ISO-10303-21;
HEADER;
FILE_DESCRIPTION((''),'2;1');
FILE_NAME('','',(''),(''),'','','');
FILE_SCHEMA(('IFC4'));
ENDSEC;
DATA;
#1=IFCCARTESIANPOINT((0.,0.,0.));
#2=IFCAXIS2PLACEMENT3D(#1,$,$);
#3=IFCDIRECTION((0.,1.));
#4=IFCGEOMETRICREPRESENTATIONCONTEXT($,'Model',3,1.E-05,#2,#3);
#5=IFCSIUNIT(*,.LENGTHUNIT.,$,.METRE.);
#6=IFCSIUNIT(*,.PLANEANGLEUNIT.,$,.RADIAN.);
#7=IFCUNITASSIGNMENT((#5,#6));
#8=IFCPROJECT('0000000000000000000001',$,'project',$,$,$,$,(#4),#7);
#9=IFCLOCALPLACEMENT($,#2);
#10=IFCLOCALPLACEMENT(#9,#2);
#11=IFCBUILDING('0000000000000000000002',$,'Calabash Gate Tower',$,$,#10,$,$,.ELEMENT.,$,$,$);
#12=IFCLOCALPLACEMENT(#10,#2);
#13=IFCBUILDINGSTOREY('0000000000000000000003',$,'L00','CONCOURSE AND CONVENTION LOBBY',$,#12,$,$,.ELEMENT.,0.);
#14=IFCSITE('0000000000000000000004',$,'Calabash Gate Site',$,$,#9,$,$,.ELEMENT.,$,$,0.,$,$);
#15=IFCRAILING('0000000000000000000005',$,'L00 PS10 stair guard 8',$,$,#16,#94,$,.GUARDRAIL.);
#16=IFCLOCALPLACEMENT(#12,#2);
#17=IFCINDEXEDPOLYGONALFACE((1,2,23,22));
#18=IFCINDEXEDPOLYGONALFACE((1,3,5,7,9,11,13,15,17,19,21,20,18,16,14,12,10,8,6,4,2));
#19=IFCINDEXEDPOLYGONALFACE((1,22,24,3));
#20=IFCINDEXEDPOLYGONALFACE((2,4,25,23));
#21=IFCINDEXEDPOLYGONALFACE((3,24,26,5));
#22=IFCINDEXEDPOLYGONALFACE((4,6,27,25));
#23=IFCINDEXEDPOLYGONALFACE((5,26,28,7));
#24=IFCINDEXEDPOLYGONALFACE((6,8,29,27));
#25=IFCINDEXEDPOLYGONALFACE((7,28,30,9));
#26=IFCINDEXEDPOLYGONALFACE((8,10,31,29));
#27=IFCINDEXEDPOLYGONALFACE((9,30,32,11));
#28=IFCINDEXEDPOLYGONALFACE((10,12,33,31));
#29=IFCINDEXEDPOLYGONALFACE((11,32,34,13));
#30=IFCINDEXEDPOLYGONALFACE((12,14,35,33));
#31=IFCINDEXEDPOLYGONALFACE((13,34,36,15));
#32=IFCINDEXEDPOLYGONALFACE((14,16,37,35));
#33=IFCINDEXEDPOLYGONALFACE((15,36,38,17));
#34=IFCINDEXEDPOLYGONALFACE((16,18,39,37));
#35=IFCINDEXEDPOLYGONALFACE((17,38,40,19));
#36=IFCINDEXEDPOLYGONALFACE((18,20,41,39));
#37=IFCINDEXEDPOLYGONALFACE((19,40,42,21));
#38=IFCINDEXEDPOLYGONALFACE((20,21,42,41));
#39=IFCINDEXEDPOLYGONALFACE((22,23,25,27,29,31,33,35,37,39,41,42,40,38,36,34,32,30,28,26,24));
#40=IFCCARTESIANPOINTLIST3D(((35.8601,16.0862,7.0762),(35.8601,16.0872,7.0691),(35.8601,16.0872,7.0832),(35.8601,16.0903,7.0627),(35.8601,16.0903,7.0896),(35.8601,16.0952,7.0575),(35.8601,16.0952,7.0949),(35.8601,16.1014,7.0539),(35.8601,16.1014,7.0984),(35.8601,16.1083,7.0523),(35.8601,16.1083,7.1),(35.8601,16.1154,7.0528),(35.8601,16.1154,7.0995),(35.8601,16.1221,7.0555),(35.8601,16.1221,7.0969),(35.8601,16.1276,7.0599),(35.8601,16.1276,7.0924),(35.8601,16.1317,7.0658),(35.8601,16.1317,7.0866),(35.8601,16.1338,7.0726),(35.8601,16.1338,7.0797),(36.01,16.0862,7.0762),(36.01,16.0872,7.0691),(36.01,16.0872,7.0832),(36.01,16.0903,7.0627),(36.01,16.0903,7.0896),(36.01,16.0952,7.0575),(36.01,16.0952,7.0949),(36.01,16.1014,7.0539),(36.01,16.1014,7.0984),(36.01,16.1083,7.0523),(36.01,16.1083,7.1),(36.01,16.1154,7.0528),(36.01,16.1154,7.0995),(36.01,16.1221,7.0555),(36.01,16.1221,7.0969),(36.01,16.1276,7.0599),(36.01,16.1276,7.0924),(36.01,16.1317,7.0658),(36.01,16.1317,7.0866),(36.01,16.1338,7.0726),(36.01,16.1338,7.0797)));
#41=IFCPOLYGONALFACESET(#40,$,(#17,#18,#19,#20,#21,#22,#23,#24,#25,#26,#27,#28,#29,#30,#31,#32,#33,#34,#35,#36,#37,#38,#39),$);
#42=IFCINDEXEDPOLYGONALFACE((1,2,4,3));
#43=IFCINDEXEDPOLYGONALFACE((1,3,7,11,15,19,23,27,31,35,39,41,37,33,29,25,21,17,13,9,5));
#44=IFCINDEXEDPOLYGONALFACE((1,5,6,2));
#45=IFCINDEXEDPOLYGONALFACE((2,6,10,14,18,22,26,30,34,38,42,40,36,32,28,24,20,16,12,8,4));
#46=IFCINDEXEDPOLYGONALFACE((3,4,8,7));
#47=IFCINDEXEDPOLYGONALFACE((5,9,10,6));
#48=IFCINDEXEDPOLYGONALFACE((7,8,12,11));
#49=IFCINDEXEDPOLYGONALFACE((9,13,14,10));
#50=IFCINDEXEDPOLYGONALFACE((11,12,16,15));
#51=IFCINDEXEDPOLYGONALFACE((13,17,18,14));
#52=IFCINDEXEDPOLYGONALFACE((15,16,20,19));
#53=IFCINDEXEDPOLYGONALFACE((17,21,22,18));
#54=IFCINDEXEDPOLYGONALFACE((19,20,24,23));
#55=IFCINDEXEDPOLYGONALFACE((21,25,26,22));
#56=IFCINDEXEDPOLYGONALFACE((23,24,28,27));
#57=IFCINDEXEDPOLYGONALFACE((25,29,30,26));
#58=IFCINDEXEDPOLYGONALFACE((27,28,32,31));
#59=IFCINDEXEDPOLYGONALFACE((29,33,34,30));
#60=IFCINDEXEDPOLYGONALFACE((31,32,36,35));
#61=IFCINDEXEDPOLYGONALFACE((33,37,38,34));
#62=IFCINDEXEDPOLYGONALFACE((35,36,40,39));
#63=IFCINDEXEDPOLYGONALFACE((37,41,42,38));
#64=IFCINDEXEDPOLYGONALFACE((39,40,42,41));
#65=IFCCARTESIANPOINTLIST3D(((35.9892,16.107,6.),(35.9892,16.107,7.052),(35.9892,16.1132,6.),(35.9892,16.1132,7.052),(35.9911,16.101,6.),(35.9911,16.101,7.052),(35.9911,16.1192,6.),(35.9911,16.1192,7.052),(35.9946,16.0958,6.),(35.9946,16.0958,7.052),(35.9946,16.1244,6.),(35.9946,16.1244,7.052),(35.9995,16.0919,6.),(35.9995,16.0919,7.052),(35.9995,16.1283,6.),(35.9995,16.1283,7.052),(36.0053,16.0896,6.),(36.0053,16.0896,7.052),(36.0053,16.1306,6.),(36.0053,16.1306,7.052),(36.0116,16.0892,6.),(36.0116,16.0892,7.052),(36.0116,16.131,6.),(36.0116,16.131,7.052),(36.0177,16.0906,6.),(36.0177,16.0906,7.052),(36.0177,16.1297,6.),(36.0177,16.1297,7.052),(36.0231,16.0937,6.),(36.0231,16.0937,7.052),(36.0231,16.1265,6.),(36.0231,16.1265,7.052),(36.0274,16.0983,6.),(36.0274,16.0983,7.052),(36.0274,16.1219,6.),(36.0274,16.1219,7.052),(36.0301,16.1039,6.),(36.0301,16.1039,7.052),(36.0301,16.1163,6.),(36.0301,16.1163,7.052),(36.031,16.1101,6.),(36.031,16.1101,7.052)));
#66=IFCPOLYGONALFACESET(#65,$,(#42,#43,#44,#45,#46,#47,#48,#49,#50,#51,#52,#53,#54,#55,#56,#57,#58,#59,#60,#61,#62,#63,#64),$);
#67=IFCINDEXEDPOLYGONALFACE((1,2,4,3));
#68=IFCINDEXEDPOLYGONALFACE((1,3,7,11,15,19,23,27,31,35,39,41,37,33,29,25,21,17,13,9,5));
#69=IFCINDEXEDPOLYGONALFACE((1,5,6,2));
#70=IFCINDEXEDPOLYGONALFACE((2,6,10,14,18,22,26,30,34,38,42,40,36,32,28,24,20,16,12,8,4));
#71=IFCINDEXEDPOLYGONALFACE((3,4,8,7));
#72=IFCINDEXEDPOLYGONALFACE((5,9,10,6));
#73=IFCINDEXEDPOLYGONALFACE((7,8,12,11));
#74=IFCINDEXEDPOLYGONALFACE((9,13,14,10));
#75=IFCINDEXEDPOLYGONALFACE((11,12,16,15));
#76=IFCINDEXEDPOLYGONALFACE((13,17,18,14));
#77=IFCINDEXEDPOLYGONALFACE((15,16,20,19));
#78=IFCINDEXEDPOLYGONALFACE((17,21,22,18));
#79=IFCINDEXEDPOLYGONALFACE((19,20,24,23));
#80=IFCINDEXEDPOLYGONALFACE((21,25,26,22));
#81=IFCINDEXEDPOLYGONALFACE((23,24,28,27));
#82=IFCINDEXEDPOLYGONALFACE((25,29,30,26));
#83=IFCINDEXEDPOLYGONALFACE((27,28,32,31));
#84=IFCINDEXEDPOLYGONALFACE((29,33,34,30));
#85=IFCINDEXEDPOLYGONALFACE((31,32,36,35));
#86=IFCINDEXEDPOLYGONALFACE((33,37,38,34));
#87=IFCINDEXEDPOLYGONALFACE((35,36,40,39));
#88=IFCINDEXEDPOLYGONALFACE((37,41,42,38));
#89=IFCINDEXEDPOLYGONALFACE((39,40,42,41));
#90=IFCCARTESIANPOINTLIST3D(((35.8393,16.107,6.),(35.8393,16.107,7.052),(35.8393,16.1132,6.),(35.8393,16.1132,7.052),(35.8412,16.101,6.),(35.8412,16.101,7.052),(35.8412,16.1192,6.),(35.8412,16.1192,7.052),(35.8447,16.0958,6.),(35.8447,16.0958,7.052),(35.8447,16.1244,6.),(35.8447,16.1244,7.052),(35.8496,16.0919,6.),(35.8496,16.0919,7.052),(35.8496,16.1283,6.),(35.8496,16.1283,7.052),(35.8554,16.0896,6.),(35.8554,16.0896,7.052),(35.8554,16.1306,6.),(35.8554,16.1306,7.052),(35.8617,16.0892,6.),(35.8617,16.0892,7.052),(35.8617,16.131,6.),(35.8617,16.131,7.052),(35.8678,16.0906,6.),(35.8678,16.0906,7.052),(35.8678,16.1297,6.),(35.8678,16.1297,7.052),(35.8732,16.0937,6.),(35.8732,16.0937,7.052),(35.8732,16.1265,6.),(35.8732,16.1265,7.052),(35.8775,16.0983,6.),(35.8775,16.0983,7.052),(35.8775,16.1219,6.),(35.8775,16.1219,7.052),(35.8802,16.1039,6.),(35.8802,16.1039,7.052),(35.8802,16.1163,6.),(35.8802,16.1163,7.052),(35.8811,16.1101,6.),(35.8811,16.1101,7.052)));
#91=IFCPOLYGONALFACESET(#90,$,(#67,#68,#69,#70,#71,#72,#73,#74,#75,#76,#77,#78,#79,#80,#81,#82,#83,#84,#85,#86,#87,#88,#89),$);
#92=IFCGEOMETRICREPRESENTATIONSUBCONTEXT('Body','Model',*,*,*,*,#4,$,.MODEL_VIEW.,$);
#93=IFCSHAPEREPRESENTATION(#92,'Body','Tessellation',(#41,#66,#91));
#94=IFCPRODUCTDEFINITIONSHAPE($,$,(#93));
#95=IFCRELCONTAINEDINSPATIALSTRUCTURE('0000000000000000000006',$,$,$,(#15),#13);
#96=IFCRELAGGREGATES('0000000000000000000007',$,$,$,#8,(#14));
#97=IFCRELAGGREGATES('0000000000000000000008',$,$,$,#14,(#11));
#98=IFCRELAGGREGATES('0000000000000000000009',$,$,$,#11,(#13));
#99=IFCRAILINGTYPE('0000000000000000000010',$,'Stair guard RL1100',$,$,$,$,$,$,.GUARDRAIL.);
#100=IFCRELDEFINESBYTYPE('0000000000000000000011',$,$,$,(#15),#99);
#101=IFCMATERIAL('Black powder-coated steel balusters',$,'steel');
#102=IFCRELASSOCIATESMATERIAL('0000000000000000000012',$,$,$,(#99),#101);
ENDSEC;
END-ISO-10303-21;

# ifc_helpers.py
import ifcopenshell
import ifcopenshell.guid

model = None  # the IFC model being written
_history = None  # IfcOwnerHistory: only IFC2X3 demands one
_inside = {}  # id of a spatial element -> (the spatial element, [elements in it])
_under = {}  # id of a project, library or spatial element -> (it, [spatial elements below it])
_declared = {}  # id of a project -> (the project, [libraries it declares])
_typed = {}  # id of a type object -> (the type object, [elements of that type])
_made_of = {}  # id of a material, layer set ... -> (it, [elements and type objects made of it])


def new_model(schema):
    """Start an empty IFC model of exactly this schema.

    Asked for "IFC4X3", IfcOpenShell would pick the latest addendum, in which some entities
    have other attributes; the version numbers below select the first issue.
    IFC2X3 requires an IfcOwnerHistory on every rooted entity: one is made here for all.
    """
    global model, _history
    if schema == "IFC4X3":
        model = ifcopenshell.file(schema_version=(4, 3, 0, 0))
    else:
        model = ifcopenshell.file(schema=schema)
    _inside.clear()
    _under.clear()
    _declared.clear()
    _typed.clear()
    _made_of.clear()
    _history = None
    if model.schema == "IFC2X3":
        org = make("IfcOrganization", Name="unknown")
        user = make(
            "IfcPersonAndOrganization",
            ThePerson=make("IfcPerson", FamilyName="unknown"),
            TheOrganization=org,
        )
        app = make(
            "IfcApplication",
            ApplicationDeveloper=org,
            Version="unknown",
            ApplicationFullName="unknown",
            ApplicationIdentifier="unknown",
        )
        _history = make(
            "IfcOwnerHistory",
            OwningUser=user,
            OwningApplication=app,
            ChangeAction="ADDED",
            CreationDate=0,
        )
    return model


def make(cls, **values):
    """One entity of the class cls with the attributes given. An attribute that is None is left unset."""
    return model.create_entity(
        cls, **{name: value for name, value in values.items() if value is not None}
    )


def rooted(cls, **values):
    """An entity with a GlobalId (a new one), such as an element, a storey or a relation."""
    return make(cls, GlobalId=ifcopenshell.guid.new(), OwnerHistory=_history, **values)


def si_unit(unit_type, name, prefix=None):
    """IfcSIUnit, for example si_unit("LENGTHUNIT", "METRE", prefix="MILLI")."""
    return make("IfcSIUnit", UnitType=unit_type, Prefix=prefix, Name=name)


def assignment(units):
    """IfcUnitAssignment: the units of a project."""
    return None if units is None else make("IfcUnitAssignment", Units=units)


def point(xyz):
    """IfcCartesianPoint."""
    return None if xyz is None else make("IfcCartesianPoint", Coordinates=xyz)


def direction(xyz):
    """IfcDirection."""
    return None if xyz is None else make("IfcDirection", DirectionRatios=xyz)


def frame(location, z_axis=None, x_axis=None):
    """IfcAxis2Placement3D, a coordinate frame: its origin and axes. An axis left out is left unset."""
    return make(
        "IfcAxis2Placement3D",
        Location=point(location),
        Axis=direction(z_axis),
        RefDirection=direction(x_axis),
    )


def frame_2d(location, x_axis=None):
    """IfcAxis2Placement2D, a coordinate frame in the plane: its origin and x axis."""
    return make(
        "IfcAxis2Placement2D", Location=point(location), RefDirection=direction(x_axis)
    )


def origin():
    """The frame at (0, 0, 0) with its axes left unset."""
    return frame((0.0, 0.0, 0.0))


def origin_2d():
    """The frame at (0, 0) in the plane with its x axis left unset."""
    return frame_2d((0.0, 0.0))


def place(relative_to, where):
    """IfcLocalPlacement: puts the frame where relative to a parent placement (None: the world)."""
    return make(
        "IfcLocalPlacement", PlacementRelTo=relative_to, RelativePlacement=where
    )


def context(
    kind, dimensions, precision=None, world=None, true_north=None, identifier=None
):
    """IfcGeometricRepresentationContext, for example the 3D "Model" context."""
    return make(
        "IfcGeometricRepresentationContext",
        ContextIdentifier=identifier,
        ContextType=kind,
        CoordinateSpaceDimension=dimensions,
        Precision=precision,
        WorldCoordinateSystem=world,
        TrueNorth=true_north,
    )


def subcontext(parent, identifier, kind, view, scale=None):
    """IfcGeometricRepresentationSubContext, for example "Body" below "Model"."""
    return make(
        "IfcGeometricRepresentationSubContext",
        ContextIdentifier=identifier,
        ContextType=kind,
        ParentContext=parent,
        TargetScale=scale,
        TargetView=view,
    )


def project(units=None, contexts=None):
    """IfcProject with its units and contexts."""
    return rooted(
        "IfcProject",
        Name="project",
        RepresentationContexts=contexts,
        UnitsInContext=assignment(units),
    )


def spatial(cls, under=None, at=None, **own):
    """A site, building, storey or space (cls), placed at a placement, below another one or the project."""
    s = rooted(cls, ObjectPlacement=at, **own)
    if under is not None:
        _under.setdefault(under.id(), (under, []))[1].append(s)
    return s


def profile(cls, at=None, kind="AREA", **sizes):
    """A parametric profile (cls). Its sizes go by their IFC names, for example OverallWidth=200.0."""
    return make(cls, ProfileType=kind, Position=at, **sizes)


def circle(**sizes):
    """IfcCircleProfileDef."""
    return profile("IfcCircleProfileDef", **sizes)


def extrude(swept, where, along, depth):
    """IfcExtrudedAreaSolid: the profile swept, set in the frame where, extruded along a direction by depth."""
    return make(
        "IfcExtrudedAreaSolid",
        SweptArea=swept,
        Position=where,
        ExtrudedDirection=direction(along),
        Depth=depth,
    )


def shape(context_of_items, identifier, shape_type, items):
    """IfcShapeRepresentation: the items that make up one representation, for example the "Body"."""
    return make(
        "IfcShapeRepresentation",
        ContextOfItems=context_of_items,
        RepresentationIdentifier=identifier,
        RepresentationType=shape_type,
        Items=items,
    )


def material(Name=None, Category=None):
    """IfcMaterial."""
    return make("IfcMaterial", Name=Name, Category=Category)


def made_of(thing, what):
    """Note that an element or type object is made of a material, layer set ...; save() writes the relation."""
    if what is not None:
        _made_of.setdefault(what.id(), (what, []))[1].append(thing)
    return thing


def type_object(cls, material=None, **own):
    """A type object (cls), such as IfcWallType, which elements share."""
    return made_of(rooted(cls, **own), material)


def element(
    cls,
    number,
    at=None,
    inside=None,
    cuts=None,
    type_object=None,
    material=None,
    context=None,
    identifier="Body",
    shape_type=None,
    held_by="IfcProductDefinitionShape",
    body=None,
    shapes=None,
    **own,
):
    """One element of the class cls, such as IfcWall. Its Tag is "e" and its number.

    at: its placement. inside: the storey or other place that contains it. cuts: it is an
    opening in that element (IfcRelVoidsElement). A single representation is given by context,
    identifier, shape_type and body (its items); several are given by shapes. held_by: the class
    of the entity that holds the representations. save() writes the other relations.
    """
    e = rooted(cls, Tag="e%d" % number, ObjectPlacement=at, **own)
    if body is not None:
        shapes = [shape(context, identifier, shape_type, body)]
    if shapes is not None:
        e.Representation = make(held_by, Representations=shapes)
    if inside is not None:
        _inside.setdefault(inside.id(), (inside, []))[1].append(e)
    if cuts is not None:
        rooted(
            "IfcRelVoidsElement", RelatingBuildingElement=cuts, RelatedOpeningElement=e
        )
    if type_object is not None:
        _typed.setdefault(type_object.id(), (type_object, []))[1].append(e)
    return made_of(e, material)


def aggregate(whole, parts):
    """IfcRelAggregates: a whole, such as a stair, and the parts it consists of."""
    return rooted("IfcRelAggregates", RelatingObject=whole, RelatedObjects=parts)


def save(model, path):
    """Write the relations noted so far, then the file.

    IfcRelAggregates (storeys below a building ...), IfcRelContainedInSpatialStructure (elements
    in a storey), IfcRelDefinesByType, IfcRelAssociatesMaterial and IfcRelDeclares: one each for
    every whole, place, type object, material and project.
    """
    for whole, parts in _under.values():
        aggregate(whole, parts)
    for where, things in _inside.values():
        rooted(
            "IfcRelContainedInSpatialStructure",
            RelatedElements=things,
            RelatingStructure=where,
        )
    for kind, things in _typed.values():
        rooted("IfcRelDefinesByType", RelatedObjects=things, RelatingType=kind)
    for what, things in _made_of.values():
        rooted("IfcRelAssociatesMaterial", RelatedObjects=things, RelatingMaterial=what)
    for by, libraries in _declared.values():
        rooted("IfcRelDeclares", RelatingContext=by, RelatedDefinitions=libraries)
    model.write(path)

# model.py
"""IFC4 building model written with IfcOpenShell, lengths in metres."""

from ifc_helpers import new_model, si_unit, direction, frame, origin, origin_2d, place, context, subcontext, project, spatial, circle, extrude, material, type_object, element, save


model = new_model("IFC4")

# Units and contexts
model_context = context("Model", 3, precision=1e-05, world=origin(), true_north=direction((0.0, 1.0)))
body_context = subcontext(model_context, "Body", "Model", "MODEL_VIEW")
ifc_project = project(units=[si_unit("LENGTHUNIT", "METRE"), si_unit("PLANEANGLEUNIT", "RADIAN")], contexts=[model_context])

# Site, building, storey
site_placement = place(None, origin())
site = spatial("IfcSite", under=ifc_project, at=site_placement, Name="Calabash Gate Site", CompositionType="ELEMENT", RefElevation=0.0)
building_placement = place(site_placement, origin())
building = spatial("IfcBuilding", under=site, at=building_placement, Name="Calabash Gate Tower", CompositionType="ELEMENT")
storey_placement = place(building_placement, origin())
storey = spatial("IfcBuildingStorey", under=building, at=storey_placement, Name="L00", Description="CONCOURSE AND CONVENTION LOBBY", CompositionType="ELEMENT", Elevation=0.0)

# Railing
ifc_material_1 = material(Name="Black powder-coated steel balusters", Category="steel")
railing_type_1 = type_object("IfcRailingType", Name="Stair guard RL1100", PredefinedType="GUARDRAIL", material=ifc_material_1)
railing_1_placement = place(storey_placement, frame((36.01, 16.1101, 6.0)))
element("IfcRailing", 1, at=railing_1_placement, inside=storey, type_object=railing_type_1, Name="L00 PS10 stair guard 8", PredefinedType="GUARDRAIL", context=body_context, shape_type="SweptSolid", body=[
    extrude(circle(Radius=0.0239, at=origin_2d()), frame((0.0, 0.0, 1.0762), z_axis=(-1.0, 0.0, 0.0), x_axis=(0.0, -1.0, 0.0)), (0.0, 0.0, 1.0), 0.1499),
    extrude(circle(Radius=0.021, at=origin_2d()), origin(), (0.0, 0.0, 1.0), 1.052),
    extrude(circle(Radius=0.021, at=origin_2d()), frame((-0.1499, 0.0, 0.0)), (0.0, 0.0, 1.0), 1.052),
])

save(model, "model.ifc")
